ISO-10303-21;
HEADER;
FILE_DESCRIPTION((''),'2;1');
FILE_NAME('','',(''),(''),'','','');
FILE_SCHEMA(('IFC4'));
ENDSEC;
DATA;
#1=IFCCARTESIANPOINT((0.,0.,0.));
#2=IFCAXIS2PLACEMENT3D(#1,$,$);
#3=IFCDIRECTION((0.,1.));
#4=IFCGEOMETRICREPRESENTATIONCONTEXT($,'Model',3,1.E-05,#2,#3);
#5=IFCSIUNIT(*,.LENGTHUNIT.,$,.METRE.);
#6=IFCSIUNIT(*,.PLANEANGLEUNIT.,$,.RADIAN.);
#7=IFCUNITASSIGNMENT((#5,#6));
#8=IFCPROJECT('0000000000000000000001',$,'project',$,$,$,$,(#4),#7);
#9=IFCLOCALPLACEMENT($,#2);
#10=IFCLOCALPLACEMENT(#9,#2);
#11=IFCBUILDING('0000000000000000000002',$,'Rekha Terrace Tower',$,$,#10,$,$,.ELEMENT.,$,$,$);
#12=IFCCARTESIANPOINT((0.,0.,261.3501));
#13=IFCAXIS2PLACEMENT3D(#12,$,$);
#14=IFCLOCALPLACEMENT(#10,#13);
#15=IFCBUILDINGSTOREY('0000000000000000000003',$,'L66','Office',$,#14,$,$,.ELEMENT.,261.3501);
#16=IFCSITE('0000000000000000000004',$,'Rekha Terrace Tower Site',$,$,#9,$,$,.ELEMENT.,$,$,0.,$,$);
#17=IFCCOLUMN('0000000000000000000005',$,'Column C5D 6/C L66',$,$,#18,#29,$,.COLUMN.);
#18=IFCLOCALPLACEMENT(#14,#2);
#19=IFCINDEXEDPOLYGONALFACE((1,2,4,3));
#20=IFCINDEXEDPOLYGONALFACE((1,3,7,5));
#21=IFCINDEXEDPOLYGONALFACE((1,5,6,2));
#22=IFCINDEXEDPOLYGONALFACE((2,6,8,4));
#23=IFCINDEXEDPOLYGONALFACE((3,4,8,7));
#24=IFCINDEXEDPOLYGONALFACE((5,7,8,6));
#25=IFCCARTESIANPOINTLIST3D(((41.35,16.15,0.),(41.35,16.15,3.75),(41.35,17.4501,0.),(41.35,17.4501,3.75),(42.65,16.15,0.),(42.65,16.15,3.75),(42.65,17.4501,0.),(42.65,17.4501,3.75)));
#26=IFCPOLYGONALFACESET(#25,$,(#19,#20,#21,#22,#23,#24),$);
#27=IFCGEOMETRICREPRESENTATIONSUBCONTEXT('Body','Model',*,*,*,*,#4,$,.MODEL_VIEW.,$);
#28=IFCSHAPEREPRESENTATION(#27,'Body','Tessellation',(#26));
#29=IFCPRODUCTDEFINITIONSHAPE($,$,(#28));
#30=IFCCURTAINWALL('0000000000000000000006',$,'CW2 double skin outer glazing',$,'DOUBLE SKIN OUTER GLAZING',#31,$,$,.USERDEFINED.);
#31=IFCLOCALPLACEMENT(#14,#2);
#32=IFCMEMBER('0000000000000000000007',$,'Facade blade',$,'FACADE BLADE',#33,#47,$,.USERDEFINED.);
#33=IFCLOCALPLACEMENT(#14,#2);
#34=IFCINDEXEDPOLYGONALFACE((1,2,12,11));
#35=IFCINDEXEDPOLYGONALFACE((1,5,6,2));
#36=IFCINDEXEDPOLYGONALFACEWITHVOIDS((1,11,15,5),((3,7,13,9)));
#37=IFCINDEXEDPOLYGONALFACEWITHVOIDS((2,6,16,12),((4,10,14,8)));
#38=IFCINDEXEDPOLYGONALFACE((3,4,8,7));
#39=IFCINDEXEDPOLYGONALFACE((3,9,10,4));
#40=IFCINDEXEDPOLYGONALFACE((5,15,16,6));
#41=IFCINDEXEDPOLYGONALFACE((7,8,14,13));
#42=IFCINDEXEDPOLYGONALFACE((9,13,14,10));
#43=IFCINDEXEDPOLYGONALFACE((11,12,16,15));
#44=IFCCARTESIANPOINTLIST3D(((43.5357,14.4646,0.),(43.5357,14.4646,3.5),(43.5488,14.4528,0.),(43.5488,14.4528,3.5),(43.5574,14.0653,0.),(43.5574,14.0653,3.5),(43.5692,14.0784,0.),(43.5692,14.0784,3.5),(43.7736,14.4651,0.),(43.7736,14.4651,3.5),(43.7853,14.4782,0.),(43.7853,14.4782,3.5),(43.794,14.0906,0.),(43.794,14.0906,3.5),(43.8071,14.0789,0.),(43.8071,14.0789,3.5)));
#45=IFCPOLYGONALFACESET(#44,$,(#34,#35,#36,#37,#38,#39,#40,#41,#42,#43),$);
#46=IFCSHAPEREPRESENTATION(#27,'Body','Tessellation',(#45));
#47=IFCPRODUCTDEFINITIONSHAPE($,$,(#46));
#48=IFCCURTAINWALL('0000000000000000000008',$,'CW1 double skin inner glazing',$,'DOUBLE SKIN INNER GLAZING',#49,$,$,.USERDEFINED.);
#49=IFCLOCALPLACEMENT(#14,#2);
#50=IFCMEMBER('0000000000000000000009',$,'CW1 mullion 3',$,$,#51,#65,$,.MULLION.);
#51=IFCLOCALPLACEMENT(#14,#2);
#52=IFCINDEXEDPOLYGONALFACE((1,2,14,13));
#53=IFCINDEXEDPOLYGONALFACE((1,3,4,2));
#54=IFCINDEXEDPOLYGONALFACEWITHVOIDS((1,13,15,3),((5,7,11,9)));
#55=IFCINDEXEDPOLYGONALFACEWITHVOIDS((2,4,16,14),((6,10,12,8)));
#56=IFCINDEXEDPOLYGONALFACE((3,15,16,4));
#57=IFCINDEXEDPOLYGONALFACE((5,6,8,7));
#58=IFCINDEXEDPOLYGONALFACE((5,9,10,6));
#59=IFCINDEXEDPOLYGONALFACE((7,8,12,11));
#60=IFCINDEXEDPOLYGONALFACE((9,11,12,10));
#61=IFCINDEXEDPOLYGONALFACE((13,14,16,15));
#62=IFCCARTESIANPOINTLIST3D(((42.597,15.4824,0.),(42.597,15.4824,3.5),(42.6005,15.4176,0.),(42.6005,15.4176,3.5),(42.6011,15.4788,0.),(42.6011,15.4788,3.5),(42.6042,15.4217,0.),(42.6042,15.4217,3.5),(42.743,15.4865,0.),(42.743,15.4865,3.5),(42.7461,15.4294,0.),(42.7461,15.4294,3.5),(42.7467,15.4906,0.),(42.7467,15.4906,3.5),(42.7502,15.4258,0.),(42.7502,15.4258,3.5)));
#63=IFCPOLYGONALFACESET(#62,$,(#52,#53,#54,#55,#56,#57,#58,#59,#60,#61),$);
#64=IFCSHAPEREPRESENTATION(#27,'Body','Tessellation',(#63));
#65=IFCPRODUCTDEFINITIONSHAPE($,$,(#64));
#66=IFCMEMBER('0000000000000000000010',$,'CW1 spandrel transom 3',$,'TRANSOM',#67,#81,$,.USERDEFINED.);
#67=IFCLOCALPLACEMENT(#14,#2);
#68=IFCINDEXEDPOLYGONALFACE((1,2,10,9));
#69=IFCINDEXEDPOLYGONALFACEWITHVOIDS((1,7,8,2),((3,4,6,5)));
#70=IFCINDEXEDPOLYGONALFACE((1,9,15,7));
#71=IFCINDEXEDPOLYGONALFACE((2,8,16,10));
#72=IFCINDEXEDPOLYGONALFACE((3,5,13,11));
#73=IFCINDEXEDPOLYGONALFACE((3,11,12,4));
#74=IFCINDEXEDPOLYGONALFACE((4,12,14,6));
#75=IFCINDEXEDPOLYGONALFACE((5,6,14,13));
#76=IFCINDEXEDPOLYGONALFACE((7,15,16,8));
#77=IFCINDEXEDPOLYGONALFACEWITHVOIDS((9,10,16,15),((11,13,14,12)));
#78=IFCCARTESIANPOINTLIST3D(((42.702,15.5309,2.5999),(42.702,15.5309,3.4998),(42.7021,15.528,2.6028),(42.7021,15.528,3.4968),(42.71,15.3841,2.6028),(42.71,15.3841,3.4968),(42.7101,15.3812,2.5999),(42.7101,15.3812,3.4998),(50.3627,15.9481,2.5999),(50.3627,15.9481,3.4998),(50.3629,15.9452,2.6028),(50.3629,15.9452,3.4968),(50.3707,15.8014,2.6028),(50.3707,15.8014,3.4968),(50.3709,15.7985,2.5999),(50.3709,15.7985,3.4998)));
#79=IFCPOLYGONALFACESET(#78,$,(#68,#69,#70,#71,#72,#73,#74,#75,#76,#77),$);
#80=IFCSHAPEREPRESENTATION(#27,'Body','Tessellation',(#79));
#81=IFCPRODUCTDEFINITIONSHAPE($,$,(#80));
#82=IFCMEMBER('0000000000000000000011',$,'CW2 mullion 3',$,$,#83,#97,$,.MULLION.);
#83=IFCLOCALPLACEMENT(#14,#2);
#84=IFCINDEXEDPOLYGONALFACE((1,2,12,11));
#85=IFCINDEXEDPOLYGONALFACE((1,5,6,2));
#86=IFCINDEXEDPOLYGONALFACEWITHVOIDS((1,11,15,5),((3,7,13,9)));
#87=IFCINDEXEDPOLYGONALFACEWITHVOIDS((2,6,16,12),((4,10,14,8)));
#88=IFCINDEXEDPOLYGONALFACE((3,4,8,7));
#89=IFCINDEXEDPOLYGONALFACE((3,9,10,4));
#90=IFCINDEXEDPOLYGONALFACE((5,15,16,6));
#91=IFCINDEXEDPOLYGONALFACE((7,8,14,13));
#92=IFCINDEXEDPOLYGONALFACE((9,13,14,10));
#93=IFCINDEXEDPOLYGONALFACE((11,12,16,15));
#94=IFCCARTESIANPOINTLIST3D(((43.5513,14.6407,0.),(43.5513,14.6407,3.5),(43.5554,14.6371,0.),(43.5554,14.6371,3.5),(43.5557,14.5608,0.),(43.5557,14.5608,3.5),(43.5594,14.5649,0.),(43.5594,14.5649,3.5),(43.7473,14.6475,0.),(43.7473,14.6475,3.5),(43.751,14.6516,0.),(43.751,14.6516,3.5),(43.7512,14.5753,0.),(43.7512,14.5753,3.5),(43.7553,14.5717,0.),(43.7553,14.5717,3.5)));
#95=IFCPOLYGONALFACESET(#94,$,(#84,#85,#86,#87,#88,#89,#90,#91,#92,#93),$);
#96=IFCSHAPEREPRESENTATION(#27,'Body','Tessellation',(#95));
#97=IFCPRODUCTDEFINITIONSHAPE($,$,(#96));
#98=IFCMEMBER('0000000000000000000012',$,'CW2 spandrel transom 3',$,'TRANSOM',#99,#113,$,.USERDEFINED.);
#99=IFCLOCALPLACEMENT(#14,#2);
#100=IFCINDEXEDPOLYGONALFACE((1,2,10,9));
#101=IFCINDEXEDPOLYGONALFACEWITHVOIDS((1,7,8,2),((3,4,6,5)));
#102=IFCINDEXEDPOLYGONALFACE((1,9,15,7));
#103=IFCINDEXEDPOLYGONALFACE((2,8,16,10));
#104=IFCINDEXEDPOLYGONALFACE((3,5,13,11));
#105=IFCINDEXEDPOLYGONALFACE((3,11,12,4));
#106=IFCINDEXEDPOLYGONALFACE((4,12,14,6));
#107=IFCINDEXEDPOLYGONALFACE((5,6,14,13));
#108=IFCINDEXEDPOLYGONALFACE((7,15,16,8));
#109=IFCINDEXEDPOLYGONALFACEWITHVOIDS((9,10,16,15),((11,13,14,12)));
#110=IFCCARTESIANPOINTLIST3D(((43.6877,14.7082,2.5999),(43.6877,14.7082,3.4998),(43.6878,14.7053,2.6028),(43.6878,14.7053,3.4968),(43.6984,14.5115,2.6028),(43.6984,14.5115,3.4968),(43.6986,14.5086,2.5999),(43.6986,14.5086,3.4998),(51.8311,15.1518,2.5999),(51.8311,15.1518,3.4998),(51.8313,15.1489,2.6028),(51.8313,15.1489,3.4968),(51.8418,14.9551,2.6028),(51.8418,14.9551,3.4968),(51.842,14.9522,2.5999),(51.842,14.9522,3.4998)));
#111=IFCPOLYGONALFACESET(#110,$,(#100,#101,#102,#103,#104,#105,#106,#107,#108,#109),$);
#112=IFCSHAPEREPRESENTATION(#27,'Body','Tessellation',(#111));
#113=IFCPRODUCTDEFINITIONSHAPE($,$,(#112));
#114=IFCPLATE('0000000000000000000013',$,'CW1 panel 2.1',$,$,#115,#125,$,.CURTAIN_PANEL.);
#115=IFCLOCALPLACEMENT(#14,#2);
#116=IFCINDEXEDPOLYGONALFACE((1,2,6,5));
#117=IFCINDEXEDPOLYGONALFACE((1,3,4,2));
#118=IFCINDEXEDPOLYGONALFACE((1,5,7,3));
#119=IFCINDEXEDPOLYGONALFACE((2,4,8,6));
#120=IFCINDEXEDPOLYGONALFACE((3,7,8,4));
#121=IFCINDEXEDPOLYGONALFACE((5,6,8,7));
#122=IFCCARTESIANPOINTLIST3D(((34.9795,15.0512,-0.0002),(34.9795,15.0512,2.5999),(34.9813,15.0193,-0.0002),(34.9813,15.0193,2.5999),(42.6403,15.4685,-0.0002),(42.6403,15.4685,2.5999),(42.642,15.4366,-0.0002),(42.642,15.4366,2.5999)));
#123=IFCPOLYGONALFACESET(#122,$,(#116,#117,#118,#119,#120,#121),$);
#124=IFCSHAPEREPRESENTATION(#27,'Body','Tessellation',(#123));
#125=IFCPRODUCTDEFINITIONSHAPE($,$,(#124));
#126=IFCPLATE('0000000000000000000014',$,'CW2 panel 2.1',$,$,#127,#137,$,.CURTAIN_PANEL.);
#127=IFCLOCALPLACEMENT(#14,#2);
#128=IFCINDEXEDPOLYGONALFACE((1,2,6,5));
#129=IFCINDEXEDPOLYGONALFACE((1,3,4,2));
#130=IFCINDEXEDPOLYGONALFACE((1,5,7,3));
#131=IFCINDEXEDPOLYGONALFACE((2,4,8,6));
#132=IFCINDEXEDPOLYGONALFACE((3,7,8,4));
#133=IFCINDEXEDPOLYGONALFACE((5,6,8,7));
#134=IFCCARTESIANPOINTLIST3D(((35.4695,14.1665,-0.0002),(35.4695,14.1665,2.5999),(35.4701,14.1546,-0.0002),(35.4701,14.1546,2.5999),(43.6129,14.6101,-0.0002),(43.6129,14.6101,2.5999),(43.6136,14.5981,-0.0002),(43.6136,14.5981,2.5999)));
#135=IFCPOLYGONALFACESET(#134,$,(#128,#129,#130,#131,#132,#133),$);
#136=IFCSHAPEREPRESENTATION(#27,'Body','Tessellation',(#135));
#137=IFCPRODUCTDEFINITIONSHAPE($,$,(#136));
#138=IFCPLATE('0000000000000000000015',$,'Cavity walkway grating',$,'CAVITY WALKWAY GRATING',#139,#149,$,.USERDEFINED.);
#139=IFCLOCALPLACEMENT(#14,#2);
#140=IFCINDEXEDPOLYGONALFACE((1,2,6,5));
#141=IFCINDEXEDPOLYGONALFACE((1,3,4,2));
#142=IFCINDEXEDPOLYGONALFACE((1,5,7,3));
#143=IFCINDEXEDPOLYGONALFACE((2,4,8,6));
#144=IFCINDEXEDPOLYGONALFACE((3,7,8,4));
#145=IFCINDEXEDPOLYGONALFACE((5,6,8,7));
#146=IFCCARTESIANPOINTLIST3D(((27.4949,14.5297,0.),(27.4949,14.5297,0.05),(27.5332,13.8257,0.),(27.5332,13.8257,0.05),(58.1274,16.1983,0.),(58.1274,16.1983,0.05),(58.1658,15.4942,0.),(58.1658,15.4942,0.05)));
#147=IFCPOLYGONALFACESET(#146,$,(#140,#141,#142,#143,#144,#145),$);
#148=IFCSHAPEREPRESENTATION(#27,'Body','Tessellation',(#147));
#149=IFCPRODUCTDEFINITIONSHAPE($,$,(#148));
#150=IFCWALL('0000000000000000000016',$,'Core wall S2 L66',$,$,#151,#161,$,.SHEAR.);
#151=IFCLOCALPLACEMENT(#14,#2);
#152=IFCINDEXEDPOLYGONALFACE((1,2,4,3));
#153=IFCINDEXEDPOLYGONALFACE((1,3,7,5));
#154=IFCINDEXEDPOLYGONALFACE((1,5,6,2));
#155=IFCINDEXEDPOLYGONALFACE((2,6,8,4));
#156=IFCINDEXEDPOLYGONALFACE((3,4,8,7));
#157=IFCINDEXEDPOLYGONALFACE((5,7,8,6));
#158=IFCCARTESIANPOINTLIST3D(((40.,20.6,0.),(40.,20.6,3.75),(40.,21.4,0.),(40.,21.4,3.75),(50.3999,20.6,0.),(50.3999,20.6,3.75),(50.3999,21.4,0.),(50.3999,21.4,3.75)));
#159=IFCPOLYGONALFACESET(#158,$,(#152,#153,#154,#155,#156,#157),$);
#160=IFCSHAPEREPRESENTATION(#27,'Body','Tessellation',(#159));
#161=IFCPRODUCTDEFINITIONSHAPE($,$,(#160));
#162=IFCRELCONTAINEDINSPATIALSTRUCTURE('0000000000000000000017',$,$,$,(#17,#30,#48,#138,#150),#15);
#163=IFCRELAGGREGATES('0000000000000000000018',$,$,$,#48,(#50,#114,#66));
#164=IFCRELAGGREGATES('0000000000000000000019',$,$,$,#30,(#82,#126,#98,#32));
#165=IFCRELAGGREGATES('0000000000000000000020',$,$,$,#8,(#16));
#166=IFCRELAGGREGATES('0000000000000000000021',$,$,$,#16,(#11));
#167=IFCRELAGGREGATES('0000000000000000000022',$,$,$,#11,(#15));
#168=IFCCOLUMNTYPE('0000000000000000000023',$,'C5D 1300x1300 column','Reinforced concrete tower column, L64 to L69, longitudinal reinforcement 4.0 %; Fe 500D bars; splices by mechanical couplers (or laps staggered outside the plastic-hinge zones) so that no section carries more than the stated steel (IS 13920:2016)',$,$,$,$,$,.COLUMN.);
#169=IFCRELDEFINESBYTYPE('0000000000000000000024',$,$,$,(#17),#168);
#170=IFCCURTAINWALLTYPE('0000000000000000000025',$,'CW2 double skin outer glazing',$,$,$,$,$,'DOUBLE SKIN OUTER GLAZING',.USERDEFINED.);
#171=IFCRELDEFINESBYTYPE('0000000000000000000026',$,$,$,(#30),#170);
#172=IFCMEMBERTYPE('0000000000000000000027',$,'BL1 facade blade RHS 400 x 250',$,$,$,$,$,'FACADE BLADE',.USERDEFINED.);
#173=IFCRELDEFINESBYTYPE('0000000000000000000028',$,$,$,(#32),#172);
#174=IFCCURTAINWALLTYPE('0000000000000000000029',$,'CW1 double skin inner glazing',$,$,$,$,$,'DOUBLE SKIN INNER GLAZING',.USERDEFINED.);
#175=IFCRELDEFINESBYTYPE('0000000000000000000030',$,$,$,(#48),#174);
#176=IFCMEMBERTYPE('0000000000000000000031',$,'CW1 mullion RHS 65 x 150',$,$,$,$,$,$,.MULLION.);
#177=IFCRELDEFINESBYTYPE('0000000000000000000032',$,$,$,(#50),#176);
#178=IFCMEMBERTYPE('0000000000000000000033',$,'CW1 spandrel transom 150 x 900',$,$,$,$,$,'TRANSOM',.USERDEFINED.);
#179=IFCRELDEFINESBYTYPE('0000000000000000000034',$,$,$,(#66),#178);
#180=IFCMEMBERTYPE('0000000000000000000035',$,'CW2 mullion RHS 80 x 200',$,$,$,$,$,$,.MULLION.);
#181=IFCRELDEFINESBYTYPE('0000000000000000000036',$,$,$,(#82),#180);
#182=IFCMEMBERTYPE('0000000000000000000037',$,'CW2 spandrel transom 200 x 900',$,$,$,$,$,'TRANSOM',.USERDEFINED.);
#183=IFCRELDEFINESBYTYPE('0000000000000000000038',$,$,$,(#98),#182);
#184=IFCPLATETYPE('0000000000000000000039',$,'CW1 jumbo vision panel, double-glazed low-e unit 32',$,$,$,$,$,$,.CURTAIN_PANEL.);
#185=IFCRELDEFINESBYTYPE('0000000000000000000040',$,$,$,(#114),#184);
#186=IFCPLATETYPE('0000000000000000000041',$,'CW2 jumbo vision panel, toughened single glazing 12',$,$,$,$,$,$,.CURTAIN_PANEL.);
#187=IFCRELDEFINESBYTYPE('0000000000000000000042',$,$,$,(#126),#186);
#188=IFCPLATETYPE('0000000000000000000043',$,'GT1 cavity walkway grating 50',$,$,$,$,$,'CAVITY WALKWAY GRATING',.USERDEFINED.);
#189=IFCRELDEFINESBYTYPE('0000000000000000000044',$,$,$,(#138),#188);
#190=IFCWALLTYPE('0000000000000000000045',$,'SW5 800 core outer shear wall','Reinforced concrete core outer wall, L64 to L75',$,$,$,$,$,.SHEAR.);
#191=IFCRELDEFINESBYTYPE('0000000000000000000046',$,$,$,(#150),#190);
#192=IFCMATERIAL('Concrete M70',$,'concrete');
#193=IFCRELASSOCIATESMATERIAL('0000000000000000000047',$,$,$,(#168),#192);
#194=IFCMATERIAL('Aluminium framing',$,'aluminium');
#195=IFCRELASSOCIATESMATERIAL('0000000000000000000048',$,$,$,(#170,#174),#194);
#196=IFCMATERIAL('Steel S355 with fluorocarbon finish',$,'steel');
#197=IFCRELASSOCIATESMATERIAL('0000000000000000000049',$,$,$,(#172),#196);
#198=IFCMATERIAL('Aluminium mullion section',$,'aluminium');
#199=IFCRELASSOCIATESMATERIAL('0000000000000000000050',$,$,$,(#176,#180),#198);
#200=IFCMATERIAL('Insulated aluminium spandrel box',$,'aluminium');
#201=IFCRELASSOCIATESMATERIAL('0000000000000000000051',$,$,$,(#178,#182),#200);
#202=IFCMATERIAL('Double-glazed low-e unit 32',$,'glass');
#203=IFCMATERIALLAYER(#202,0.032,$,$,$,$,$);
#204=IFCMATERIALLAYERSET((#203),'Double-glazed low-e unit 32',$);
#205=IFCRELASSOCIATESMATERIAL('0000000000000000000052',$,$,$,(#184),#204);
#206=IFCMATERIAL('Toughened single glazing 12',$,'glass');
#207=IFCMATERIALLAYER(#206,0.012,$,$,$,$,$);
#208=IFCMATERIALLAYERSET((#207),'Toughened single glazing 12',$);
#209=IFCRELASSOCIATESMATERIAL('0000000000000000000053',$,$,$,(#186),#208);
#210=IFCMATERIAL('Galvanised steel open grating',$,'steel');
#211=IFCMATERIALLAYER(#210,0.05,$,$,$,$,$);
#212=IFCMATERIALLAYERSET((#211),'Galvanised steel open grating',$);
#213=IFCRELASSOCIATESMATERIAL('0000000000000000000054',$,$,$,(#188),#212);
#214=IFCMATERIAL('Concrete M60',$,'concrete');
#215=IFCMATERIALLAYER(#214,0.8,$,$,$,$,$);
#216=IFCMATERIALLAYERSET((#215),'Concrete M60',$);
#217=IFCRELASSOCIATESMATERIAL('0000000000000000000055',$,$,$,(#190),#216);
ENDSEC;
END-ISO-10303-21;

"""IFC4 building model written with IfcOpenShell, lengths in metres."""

from ifc_helpers import new_model, si_unit, direction, frame, frame_2d, origin, origin_2d, place, context, subcontext, project, spatial, rectangle, hollow_rectangle, extrude, material, layer, layer_set, material_profile, profile_set, type_object, element, aggregate, save


model = new_model("IFC4")

# Units and contexts
model_context = context("Model", 3, precision=1e-05, world=origin(), true_north=direction((0.0, 1.0)))
body_context = subcontext(model_context, "Body", "Model", "MODEL_VIEW")
ifc_project = project(units=[si_unit("LENGTHUNIT", "METRE"), si_unit("PLANEANGLEUNIT", "RADIAN")], contexts=[model_context])

# Site, building, storey
site_placement = place(None, origin())
site = spatial("IfcSite", under=ifc_project, at=site_placement, Name="Rekha Terrace Tower Site", CompositionType="ELEMENT", RefElevation=0.0)
building_placement = place(site_placement, origin())
building = spatial("IfcBuilding", under=site, at=building_placement, Name="Rekha Terrace Tower", CompositionType="ELEMENT")
storey_placement = place(building_placement, frame((0.0, 0.0, 261.3501)))
storey = spatial("IfcBuildingStorey", under=building, at=storey_placement, Name="L66", Description="Office", CompositionType="ELEMENT", Elevation=261.3501)

# Column
ifc_material_1 = material(Name="Concrete M70", Category="concrete")
ifc_material_profile_1 = material_profile(ifc_material_1, rectangle(XDim=1.3, YDim=1.3, at=origin_2d()), Name="RC 1300x1300")
ifc_profile_set_1 = profile_set([ifc_material_profile_1], Name="Concrete M70")
column_type = type_object("IfcColumnType", Name="C5D 1300x1300 column", Description="Reinforced concrete tower column, L64 to L69, longitudinal reinforcement 4.0 %; Fe 500D bars; splices by mechanical couplers (or laps staggered outside the plastic-hinge zones) so that no section carries more than the stated steel (IS 13920:2016)", PredefinedType="COLUMN", material=ifc_profile_set_1)
column_placement = place(storey_placement, frame((42.0, 16.8, 0.0), z_axis=(0.0, 0.0, 1.0), x_axis=(1.0, 0.0, 0.0)))
element("IfcColumn", 1, at=column_placement, inside=storey, type_object=column_type, Name="Column C5D 6/C L66", PredefinedType="COLUMN", context=body_context, shape_type="SweptSolid", body=[
    extrude(rectangle(XDim=1.3, YDim=1.3, at=origin_2d()), origin(), (0.0, 0.0, 1.0), 3.75),
])

# Curtain wall, member
ifc_material_2 = material(Name="Aluminium framing", Category="aluminium")
curtain_wall_type_1 = type_object("IfcCurtainWallType", Name="CW2 double skin outer glazing", ElementType="DOUBLE SKIN OUTER GLAZING", PredefinedType="USERDEFINED", material=ifc_material_2)
curtain_wall_1_placement = place(storey_placement, origin())
curtain_wall_1 = element("IfcCurtainWall", 2, at=curtain_wall_1_placement, inside=storey, type_object=curtain_wall_type_1, Name="CW2 double skin outer glazing", ObjectType="DOUBLE SKIN OUTER GLAZING", PredefinedType="USERDEFINED")
ifc_material_3 = material(Name="Steel S355 with fluorocarbon finish", Category="steel")
ifc_material_profile_2 = material_profile(ifc_material_3, hollow_rectangle(XDim=0.25, YDim=0.3999, WallThickness=0.0125, at=origin_2d()), Name="RHS400x250x12.5")
ifc_profile_set_2 = profile_set([ifc_material_profile_2], Name="Steel S355 with fluorocarbon finish")
member_type_1 = type_object("IfcMemberType", Name="BL1 facade blade RHS 400 x 250", ElementType="FACADE BLADE", PredefinedType="USERDEFINED", material=ifc_profile_set_2)
member_1_placement = place(storey_placement, frame((43.6714, 14.2717, 0.0), z_axis=(0.0, 0.0, 1.0), x_axis=(0.99852, 0.054389, 0.0)))
member_1 = element("IfcMember", 3, at=member_1_placement, type_object=member_type_1, Name="Facade blade", ObjectType="FACADE BLADE", PredefinedType="USERDEFINED", context=body_context, shape_type="SweptSolid", body=[
    extrude(hollow_rectangle(XDim=0.25, YDim=0.3999, WallThickness=0.0125, at=origin_2d()), origin(), (0.0, 0.0, 1.0), 3.5),
])

# Curtain wall, members
curtain_wall_type_2 = type_object("IfcCurtainWallType", Name="CW1 double skin inner glazing", ElementType="DOUBLE SKIN INNER GLAZING", PredefinedType="USERDEFINED", material=ifc_material_2)
curtain_wall_2_placement = place(storey_placement, origin())
curtain_wall_2 = element("IfcCurtainWall", 4, at=curtain_wall_2_placement, inside=storey, type_object=curtain_wall_type_2, Name="CW1 double skin inner glazing", ObjectType="DOUBLE SKIN INNER GLAZING", PredefinedType="USERDEFINED")
ifc_material_4 = material(Name="Aluminium mullion section", Category="aluminium")
ifc_material_profile_3 = material_profile(ifc_material_4, hollow_rectangle(XDim=0.0649, YDim=0.1499, WallThickness=0.0039, at=origin_2d()), Name="AL RHS 65x150")
ifc_profile_set_3 = profile_set([ifc_material_profile_3], Name="Aluminium mullion section")
member_type_2 = type_object("IfcMemberType", Name="CW1 mullion RHS 65 x 150", PredefinedType="MULLION", material=ifc_profile_set_3)
member_2_placement = place(storey_placement, frame((42.6736, 15.4541, 0.0), z_axis=(0.0, 0.0, 1.0), x_axis=(-0.054389, 0.99852, 0.0)))
member_2 = element("IfcMember", 5, at=member_2_placement, type_object=member_type_2, Name="CW1 mullion 3", PredefinedType="MULLION", context=body_context, shape_type="SweptSolid", body=[
    extrude(hollow_rectangle(XDim=0.0649, YDim=0.1499, WallThickness=0.0039, at=origin_2d()), origin(), (0.0, 0.0, 1.0), 3.5),
])
ifc_material_5 = material(Name="Insulated aluminium spandrel box", Category="aluminium")
ifc_material_profile_4 = material_profile(ifc_material_5, hollow_rectangle(XDim=0.1499, YDim=0.8999, WallThickness=0.0029, at=origin_2d()), Name="AL SPANDREL BOX 150x900")
ifc_profile_set_4 = profile_set([ifc_material_profile_4], Name="Insulated aluminium spandrel box")
member_type_3 = type_object("IfcMemberType", Name="CW1 spandrel transom 150 x 900", ElementType="TRANSOM", PredefinedType="USERDEFINED", material=ifc_profile_set_4)
member_3_placement = place(storey_placement, frame((42.7061, 15.4561, 3.0498), z_axis=(0.99852, 0.054384, 0.0), x_axis=(-0.054384, 0.99852, 0.0)))
member_3 = element("IfcMember", 6, at=member_3_placement, type_object=member_type_3, Name="CW1 spandrel transom 3", ObjectType="TRANSOM", PredefinedType="USERDEFINED", context=body_context, shape_type="SweptSolid", body=[
    extrude(hollow_rectangle(XDim=0.1499, YDim=0.8999, WallThickness=0.0029, at=origin_2d()), origin(), (0.0, 0.0, 1.0), 7.6721),
])

# Members
ifc_material_profile_5 = material_profile(ifc_material_4, hollow_rectangle(XDim=0.0801, YDim=0.2, WallThickness=0.0039, at=origin_2d()), Name="AL RHS 80x200")
ifc_profile_set_5 = profile_set([ifc_material_profile_5], Name="Aluminium mullion section")
member_type_4 = type_object("IfcMemberType", Name="CW2 mullion RHS 80 x 200", PredefinedType="MULLION", material=ifc_profile_set_5)
member_4_placement = place(storey_placement, frame((43.6533, 14.6062, 0.0), z_axis=(0.0, 0.0, 1.0), x_axis=(-0.054389, 0.99852, 0.0)))
member_4 = element("IfcMember", 7, at=member_4_placement, type_object=member_type_4, Name="CW2 mullion 3", PredefinedType="MULLION", context=body_context, shape_type="SweptSolid", body=[
    extrude(hollow_rectangle(XDim=0.0801, YDim=0.2, WallThickness=0.0039, at=origin_2d()), origin(), (0.0, 0.0, 1.0), 3.5),
])
ifc_material_profile_6 = material_profile(ifc_material_5, hollow_rectangle(XDim=0.2, YDim=0.8999, WallThickness=0.0029, at=origin_2d()), Name="AL SPANDREL BOX 200x900")
ifc_profile_set_6 = profile_set([ifc_material_profile_6], Name="Insulated aluminium spandrel box")
member_type_5 = type_object("IfcMemberType", Name="CW2 spandrel transom 200 x 900", ElementType="TRANSOM", PredefinedType="USERDEFINED", material=ifc_profile_set_6)
member_5_placement = place(storey_placement, frame((43.6931, 14.6084, 3.0498), z_axis=(0.99852, 0.054392, 0.0), x_axis=(-0.054392, 0.99852, 0.0)))
member_5 = element("IfcMember", 8, at=member_5_placement, type_object=member_type_5, Name="CW2 spandrel transom 3", ObjectType="TRANSOM", PredefinedType="USERDEFINED", context=body_context, shape_type="SweptSolid", body=[
    extrude(hollow_rectangle(XDim=0.2, YDim=0.8999, WallThickness=0.0029, at=origin_2d()), origin(), (0.0, 0.0, 1.0), 8.1555),
])

# Plates
ifc_material_6 = material(Name="Double-glazed low-e unit 32", Category="glass")
ifc_layer_1 = layer(ifc_material_6, 0.032)
ifc_layer_set_1 = layer_set([ifc_layer_1], Name="Double-glazed low-e unit 32")
plate_type_1 = type_object("IfcPlateType", Name="CW1 jumbo vision panel, double-glazed low-e unit 32", PredefinedType="CURTAIN_PANEL", material=ifc_layer_set_1)
plate_1_placement = place(storey_placement, frame((38.8108, 15.2439, -0.0002), z_axis=(0.0, 0.0, 1.0), x_axis=(0.99852, 0.054389, 0.0)))
plate_1 = element("IfcPlate", 9, at=plate_1_placement, type_object=plate_type_1, Name="CW1 panel 2.1", PredefinedType="CURTAIN_PANEL", context=body_context, shape_type="SweptSolid", body=[
    extrude(rectangle(XDim=7.6721, YDim=0.032, at=origin_2d()), origin(), (0.0, 0.0, 1.0), 2.6001),
])
aggregate(curtain_wall_2, [member_2, plate_1, member_3])
ifc_material_7 = material(Name="Toughened single glazing 12", Category="glass")
ifc_layer_2 = layer(ifc_material_7, 0.012)
ifc_layer_set_2 = layer_set([ifc_layer_2], Name="Toughened single glazing 12")
plate_type_2 = type_object("IfcPlateType", Name="CW2 jumbo vision panel, toughened single glazing 12", PredefinedType="CURTAIN_PANEL", material=ifc_layer_set_2)
plate_2_placement = place(storey_placement, frame((39.5415, 14.3823, -0.0002), z_axis=(0.0, 0.0, 1.0), x_axis=(0.99852, 0.054389, 0.0)))
plate_2 = element("IfcPlate", 10, at=plate_2_placement, type_object=plate_type_2, Name="CW2 panel 2.1", PredefinedType="CURTAIN_PANEL", context=body_context, shape_type="SweptSolid", body=[
    extrude(rectangle(XDim=8.1555, YDim=0.012, at=origin_2d()), origin(), (0.0, 0.0, 1.0), 2.6001),
])
aggregate(curtain_wall_1, [member_4, plate_2, member_5, member_1])
ifc_material_8 = material(Name="Galvanised steel open grating", Category="steel")
ifc_layer_3 = layer(ifc_material_8, 0.05)
ifc_layer_set_3 = layer_set([ifc_layer_3], Name="Galvanised steel open grating")
plate_type_3 = type_object("IfcPlateType", Name="GT1 cavity walkway grating 50", ElementType="CAVITY WALKWAY GRATING", PredefinedType="USERDEFINED", material=ifc_layer_set_3)
plate_3_placement = place(storey_placement, frame((42.8303, 15.012, 0.0), z_axis=(0.0, 0.0, 1.0), x_axis=(0.99852, 0.054389, 0.0)))
element("IfcPlate", 11, at=plate_3_placement, inside=storey, type_object=plate_type_3, Name="Cavity walkway grating", ObjectType="CAVITY WALKWAY GRATING", PredefinedType="USERDEFINED", context=body_context, shape_type="SweptSolid", body=[
    extrude(rectangle(XDim=30.678, YDim=0.7051, at=origin_2d()), origin(), (0.0, 0.0, 1.0), 0.05),
])

# Wall
ifc_material_9 = material(Name="Concrete M60", Category="concrete")
ifc_layer_4 = layer(ifc_material_9, 0.8)
ifc_layer_set_4 = layer_set([ifc_layer_4], Name="Concrete M60")
wall_type_1 = type_object("IfcWallType", Name="SW5 800 core outer shear wall", Description="Reinforced concrete core outer wall, L64 to L75", PredefinedType="SHEAR", material=ifc_layer_set_4)
wall_1_placement = place(storey_placement, frame((40.0, 21.0, 0.0), z_axis=(0.0, 0.0, 1.0), x_axis=(1.0, 0.0, 0.0)))
element("IfcWall", 12, at=wall_1_placement, inside=storey, type_object=wall_type_1, Name="Core wall S2 L66", PredefinedType="SHEAR", context=body_context, shape_type="SweptSolid", body=[
    extrude(rectangle(XDim=10.3999, YDim=0.8, at=frame_2d((5.2, 0.0))), origin(), (0.0, 0.0, 1.0), 3.75),
])

save(model, "model.ifc")
